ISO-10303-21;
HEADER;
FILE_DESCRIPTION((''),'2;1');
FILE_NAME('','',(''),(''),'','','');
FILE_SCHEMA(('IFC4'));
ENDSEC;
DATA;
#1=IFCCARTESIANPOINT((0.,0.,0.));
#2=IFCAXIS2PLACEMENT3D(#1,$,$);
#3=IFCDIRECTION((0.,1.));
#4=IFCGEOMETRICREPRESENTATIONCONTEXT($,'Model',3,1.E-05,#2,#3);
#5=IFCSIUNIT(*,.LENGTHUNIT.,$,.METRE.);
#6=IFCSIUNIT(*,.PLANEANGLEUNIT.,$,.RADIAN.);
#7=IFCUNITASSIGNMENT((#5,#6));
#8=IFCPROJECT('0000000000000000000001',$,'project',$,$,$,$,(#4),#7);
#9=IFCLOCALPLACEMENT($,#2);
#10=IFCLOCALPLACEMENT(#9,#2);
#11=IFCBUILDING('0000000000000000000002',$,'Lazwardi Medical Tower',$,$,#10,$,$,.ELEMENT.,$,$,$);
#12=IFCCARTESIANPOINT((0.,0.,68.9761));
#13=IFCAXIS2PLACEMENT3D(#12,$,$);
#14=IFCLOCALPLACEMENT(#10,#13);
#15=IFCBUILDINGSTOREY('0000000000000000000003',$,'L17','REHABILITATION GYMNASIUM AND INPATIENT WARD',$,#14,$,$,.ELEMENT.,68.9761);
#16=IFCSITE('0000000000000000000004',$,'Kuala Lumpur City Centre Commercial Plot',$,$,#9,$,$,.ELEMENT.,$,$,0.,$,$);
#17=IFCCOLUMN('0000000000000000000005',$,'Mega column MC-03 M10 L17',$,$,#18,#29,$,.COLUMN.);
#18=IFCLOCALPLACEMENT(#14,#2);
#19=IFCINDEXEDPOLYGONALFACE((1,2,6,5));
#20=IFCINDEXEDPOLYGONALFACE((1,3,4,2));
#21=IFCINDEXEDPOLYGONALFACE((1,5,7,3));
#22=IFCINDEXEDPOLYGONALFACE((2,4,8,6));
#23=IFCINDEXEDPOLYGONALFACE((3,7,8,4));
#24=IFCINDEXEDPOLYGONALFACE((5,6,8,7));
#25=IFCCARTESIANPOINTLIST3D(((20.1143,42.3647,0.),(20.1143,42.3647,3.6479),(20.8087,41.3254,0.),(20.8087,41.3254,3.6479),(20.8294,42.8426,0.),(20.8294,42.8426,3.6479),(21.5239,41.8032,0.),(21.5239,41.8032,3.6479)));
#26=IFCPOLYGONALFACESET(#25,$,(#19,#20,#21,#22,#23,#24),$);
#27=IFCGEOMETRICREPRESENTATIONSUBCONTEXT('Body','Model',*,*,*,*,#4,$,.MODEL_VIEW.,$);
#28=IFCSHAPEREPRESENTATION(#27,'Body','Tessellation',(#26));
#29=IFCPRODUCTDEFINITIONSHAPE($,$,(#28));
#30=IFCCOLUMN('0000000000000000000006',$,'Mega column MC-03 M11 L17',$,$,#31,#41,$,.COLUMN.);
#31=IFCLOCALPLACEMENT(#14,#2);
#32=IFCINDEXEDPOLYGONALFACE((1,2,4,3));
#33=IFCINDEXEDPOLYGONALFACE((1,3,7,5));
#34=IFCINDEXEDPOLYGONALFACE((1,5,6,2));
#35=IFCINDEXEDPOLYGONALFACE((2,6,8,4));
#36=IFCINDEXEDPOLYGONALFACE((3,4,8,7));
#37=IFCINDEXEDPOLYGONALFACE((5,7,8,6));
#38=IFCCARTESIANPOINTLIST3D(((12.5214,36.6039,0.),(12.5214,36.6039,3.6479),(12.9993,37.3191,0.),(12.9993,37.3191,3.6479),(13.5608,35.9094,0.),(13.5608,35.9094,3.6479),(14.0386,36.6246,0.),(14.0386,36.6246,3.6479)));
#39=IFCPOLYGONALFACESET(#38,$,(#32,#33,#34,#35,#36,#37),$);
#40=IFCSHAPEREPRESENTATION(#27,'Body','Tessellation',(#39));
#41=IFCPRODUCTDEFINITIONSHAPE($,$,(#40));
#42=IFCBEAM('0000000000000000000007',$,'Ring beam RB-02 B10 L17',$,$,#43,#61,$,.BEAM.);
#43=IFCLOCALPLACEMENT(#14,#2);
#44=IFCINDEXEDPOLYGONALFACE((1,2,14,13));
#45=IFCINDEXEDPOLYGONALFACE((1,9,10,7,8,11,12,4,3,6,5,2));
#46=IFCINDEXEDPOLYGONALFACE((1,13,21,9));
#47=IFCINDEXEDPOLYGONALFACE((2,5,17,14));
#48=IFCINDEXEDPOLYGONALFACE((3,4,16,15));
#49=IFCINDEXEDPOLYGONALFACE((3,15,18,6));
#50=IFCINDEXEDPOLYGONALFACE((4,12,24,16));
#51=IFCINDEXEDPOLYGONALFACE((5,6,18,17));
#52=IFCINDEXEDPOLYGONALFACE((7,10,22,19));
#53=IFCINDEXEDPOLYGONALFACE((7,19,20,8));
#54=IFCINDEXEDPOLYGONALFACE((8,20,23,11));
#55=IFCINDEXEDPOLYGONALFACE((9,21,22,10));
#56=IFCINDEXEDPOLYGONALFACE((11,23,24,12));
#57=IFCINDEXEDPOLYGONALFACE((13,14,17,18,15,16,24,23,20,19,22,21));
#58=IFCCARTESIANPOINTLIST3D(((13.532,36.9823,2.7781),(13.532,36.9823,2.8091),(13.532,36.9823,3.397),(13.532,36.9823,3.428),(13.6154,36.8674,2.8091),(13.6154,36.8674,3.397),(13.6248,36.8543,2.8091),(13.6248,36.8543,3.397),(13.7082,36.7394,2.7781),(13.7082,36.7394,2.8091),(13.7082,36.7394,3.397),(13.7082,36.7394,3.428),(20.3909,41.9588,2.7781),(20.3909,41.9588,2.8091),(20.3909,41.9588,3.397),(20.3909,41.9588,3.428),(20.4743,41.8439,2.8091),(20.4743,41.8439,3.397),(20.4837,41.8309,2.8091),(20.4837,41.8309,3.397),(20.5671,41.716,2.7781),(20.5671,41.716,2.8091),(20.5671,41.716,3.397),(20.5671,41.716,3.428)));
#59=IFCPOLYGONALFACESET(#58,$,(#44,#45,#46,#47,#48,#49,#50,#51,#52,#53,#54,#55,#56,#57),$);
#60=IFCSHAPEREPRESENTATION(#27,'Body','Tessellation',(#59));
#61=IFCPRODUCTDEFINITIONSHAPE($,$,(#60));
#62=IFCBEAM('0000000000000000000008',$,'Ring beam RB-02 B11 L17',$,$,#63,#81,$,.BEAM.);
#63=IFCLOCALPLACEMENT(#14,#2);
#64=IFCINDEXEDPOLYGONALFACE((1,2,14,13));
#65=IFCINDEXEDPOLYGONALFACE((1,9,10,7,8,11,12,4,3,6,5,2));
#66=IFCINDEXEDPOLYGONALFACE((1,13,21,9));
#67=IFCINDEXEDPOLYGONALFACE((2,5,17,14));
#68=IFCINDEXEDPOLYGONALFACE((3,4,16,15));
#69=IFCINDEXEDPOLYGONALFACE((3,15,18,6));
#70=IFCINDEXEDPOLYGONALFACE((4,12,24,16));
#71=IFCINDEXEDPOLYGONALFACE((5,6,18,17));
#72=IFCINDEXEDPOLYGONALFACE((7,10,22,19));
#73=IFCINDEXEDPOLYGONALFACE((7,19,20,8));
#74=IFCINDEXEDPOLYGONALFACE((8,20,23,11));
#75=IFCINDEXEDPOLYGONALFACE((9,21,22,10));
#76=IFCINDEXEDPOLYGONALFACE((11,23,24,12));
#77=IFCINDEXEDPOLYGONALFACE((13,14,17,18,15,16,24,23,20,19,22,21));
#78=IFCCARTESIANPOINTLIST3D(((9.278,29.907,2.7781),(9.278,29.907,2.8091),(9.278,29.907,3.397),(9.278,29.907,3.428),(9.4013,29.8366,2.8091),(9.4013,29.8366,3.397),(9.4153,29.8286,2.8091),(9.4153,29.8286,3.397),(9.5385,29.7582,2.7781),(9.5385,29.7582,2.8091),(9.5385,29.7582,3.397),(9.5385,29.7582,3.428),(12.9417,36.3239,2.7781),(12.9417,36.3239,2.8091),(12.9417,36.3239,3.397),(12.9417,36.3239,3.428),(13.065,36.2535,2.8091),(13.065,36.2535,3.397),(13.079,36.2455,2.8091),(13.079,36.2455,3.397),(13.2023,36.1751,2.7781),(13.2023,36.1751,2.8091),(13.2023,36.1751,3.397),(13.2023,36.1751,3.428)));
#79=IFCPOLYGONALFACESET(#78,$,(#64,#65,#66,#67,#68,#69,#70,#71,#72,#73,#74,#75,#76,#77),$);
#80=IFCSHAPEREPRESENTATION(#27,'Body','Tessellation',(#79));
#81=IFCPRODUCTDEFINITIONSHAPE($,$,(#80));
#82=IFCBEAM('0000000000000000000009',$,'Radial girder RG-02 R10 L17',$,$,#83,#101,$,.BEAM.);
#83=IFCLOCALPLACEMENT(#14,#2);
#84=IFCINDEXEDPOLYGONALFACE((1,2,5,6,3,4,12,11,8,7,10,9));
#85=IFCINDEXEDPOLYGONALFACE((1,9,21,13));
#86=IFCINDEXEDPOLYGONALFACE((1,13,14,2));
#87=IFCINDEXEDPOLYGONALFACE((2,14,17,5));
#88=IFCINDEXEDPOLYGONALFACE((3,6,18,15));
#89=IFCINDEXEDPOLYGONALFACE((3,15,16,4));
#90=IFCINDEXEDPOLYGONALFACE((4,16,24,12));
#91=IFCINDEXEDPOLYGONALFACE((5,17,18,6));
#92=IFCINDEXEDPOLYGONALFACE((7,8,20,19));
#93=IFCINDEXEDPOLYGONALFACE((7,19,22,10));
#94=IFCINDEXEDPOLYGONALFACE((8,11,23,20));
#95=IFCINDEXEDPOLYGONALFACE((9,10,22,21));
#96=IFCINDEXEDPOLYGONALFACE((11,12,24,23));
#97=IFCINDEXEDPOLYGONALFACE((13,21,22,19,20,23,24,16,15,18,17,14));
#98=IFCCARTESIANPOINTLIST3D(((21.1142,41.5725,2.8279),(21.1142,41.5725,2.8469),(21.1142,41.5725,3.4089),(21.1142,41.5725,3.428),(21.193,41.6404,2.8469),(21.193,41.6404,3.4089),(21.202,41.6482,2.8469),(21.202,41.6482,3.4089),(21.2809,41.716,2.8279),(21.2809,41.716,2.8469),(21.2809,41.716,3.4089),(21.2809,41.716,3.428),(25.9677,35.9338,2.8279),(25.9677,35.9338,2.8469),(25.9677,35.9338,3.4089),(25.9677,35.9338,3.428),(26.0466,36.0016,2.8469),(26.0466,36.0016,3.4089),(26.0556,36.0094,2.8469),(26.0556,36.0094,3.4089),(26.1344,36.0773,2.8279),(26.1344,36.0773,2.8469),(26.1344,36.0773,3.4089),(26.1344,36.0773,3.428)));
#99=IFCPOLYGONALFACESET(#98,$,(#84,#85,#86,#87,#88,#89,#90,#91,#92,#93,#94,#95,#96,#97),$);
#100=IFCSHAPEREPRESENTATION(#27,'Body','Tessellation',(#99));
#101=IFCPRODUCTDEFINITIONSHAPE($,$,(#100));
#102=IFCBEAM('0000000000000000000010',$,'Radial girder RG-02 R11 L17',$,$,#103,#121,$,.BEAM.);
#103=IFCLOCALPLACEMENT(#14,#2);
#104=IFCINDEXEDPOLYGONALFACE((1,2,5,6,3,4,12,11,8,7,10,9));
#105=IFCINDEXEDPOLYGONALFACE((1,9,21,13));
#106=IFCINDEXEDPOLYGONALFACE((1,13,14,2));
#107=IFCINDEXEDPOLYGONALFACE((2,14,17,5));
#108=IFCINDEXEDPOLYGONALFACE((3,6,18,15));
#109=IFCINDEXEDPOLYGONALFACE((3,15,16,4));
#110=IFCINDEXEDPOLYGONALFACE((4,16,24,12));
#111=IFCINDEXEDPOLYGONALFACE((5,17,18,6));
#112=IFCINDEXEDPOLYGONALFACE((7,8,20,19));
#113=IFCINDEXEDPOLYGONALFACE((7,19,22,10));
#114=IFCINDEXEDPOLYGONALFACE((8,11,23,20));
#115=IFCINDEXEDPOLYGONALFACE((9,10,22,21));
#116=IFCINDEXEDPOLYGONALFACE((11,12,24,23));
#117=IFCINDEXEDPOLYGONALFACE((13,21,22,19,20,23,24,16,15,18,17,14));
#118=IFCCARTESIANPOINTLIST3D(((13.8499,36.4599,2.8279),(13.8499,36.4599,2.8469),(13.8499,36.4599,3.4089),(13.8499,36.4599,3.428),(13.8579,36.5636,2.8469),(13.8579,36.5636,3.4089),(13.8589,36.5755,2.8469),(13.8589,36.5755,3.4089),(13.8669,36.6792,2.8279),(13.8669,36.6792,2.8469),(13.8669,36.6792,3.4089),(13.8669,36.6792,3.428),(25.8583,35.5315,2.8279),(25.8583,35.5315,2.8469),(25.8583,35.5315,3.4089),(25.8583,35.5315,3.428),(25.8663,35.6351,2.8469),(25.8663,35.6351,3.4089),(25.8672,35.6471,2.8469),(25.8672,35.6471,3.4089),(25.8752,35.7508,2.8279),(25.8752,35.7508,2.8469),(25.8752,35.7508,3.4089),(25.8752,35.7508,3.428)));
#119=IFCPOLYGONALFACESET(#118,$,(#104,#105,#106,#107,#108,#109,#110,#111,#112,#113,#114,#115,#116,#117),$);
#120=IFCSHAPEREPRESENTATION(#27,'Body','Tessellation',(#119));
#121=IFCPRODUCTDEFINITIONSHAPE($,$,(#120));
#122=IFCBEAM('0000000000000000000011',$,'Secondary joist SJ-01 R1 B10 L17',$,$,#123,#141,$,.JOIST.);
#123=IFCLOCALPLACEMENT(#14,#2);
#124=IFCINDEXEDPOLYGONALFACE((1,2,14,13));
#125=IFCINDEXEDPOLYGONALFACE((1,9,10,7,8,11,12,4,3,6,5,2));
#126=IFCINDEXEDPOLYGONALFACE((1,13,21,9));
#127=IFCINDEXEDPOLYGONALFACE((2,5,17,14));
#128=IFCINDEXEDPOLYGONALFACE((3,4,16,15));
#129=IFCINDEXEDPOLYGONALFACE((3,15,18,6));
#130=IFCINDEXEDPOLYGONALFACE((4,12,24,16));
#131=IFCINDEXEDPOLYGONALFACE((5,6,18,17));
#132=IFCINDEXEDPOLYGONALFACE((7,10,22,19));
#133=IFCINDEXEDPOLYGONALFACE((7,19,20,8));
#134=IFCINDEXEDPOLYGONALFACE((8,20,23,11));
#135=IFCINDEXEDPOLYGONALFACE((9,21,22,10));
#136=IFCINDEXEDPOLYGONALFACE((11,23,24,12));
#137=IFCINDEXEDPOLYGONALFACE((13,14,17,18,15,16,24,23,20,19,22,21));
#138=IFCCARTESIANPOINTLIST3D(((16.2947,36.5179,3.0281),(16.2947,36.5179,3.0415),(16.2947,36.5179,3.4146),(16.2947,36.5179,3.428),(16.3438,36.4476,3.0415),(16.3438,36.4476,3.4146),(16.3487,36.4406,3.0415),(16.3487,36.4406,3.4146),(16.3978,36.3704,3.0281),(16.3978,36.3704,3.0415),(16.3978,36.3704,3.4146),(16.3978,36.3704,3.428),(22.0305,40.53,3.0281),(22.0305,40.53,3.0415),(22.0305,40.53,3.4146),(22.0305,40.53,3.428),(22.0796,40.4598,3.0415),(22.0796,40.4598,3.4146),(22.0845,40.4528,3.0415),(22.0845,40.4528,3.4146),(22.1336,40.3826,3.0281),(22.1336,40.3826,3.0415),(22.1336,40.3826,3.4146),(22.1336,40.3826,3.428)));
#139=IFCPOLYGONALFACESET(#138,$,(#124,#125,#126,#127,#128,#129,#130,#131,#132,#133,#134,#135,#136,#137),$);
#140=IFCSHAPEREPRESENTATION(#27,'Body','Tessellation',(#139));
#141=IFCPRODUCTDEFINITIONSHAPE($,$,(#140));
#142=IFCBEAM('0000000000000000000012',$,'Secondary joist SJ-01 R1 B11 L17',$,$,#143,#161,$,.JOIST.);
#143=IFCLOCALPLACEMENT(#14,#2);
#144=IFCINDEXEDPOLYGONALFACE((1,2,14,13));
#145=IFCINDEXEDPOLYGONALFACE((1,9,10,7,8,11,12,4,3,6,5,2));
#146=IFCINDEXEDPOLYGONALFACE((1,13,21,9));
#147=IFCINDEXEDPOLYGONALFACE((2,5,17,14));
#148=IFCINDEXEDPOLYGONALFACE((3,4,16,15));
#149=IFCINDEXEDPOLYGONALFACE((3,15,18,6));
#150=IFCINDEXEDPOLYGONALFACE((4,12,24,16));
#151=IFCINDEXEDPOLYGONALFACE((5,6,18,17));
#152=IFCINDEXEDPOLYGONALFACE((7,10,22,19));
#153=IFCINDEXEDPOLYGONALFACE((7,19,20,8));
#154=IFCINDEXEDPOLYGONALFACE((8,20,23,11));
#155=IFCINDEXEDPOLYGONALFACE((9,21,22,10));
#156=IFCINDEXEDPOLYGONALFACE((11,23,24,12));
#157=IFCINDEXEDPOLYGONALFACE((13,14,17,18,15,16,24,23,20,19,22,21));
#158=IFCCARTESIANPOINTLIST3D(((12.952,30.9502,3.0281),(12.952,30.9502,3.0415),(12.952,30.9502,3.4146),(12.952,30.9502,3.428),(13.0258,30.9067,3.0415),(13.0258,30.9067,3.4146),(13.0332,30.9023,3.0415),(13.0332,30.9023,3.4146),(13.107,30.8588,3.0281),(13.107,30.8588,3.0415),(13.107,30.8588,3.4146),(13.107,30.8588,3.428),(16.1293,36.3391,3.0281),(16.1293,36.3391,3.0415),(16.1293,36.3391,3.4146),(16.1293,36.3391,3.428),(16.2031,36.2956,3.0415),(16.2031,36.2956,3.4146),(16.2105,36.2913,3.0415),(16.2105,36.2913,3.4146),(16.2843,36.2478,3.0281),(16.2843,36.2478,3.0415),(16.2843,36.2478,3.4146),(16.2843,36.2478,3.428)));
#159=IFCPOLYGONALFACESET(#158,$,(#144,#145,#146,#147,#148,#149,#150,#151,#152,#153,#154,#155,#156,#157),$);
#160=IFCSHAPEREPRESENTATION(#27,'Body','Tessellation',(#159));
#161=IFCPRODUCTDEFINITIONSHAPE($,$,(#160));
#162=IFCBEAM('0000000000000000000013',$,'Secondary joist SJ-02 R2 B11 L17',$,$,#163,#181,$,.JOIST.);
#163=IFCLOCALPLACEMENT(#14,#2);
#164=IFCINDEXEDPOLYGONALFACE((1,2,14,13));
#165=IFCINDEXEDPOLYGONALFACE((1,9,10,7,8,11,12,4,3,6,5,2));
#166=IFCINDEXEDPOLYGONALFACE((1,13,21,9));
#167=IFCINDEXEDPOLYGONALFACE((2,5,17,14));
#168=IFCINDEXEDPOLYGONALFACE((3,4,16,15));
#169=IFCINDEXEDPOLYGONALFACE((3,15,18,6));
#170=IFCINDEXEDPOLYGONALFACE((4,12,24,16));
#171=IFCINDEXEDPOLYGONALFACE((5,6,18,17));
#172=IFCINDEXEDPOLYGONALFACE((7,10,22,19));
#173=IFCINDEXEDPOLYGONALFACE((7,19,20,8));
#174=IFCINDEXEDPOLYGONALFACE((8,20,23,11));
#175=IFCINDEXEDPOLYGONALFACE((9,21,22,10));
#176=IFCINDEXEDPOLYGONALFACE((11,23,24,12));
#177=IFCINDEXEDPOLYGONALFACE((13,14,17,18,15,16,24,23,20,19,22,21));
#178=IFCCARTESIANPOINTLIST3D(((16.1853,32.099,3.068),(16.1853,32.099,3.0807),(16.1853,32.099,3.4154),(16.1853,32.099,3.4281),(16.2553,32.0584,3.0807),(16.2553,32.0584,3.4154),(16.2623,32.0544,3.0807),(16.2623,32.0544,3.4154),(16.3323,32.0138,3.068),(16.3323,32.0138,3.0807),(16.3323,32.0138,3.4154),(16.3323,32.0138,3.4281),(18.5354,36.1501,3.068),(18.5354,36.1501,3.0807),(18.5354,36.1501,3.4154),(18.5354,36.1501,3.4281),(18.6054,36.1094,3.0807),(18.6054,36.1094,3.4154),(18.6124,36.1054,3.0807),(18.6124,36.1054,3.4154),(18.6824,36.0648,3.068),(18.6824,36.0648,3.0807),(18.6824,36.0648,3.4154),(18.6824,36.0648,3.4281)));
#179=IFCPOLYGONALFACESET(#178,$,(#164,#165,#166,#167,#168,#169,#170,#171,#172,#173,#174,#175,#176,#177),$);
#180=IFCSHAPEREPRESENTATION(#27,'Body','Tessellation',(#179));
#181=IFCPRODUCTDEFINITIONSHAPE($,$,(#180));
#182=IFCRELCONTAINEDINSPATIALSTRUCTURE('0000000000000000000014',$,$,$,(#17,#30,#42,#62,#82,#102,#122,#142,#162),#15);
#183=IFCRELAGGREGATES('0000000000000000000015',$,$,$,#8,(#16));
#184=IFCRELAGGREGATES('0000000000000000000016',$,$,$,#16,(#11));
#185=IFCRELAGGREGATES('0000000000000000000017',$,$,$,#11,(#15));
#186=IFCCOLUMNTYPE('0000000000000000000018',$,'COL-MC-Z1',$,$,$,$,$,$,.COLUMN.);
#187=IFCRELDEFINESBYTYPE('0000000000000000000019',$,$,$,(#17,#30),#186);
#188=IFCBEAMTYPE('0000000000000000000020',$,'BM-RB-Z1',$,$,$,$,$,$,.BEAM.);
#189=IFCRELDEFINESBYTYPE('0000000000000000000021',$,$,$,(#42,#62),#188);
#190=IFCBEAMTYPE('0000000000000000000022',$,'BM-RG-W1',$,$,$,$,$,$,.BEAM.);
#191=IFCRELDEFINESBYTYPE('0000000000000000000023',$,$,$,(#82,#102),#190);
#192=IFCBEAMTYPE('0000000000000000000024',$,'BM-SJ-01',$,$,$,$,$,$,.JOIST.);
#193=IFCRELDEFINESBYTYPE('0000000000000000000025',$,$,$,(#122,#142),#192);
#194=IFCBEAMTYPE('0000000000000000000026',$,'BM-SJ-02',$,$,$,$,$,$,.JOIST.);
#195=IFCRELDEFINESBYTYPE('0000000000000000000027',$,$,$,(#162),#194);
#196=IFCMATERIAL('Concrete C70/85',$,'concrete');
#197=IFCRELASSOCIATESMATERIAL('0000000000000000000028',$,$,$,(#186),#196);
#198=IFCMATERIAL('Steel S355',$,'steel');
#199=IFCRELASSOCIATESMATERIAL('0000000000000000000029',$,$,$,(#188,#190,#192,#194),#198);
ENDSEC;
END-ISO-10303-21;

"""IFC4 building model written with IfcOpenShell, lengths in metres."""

from ifc_helpers import new_model, si_unit, direction, frame, origin, origin_2d, place, context, subcontext, project, spatial, rectangle, i_section, extrude, material, material_profile, profile_set, type_object, element, save


model = new_model("IFC4")

# Units and contexts
model_context = context("Model", 3, precision=1e-05, world=origin(), true_north=direction((0.0, 1.0)))
body_context = subcontext(model_context, "Body", "Model", "MODEL_VIEW")
ifc_project = project(units=[si_unit("LENGTHUNIT", "METRE"), si_unit("PLANEANGLEUNIT", "RADIAN")], contexts=[model_context])

# Site, building, storey
site_placement = place(None, origin())
site = spatial("IfcSite", under=ifc_project, at=site_placement, Name="Kuala Lumpur City Centre Commercial Plot", CompositionType="ELEMENT", RefElevation=0.0)
building_placement = place(site_placement, origin())
building = spatial("IfcBuilding", under=site, at=building_placement, Name="Lazwardi Medical Tower", CompositionType="ELEMENT")
storey_placement = place(building_placement, frame((0.0, 0.0, 68.9761)))
storey = spatial("IfcBuildingStorey", under=building, at=storey_placement, Name="L17", Description="REHABILITATION GYMNASIUM AND INPATIENT WARD", CompositionType="ELEMENT", Elevation=68.9761)

# Columns
ifc_material_1 = material(Name="Concrete C70/85", Category="concrete")
ifc_material_profile_1 = material_profile(ifc_material_1, rectangle(XDim=1.25, YDim=0.8601, at=origin_2d()), Name="CFT-RECT 1250x860")
ifc_profile_set_1 = profile_set([ifc_material_profile_1], Name="Concrete C70/85")
column_type = type_object("IfcColumnType", Name="COL-MC-Z1", PredefinedType="COLUMN", material=ifc_profile_set_1)
for number, where, z_axis, x_axis, name in (
    (1, (20.8191, 42.084, 0.0), (0.0, 0.0, 1.0), (-0.55557, 0.83147, 0.0), "Mega column MC-03 M10 L17"),
    (2, (13.28, 36.6143, 0.0), (0.0, 0.0, 1.0), (-0.83147, 0.55557, 0.0), "Mega column MC-03 M11 L17"),
):
    element("IfcColumn", number, at=place(storey_placement, frame(where, z_axis=z_axis, x_axis=x_axis)), inside=storey, type_object=column_type, Name=name, PredefinedType="COLUMN", context=body_context, shape_type="SweptSolid", body=[
        extrude(rectangle(XDim=1.25, YDim=0.8601, at=origin_2d()), origin(), (0.0, 0.0, 1.0), 3.6479),
    ])

# Beams
ifc_material_2 = material(Name="Steel S355", Category="steel")
ifc_material_profile_2 = material_profile(ifc_material_2, i_section(OverallWidth=0.3, OverallDepth=0.6499, WebThickness=0.0161, FlangeThickness=0.031, at=origin_2d()), Name="HEB 650")
ifc_profile_set_2 = profile_set([ifc_material_profile_2], Name="Steel S355")
beam_type_1 = type_object("IfcBeamType", Name="BM-RB-Z1", PredefinedType="BEAM", material=ifc_profile_set_2)
beam_1_placement = place(storey_placement, frame((20.479, 41.8374, 3.103), z_axis=(-0.809393, -0.587267, 0.0), x_axis=(0.587267, -0.809393, 0.0)))
element("IfcBeam", 3, at=beam_1_placement, inside=storey, type_object=beam_type_1, Name="Ring beam RB-02 B10 L17", PredefinedType="BEAM", context=body_context, shape_type="SweptSolid", body=[
    extrude(i_section(OverallWidth=0.3, OverallDepth=0.6499, WebThickness=0.0161, FlangeThickness=0.031, at=origin_2d()), origin(), (0.0, 0.0, 1.0), 8.4741),
])
beam_2_placement = place(storey_placement, frame((13.072, 36.2495, 3.103), z_axis=(-0.495829, -0.86842, 0.0), x_axis=(0.86842, -0.495829, 0.0)))
element("IfcBeam", 4, at=beam_2_placement, inside=storey, type_object=beam_type_1, Name="Ring beam RB-02 B11 L17", PredefinedType="BEAM", context=body_context, shape_type="SweptSolid", body=[
    extrude(i_section(OverallWidth=0.3, OverallDepth=0.6499, WebThickness=0.0161, FlangeThickness=0.031, at=origin_2d()), origin(), (0.0, 0.0, 1.0), 7.3892),
])
ifc_material_profile_3 = material_profile(ifc_material_2, i_section(OverallWidth=0.22, OverallDepth=0.6001, WebThickness=0.012, FlangeThickness=0.019, at=origin_2d()), Name="IPE 600")
ifc_profile_set_3 = profile_set([ifc_material_profile_3], Name="Steel S355")
beam_type_2 = type_object("IfcBeamType", Name="BM-RG-W1", PredefinedType="BEAM", material=ifc_profile_set_3)
beam_3_placement = place(storey_placement, frame((21.1975, 41.6443, 3.1279), z_axis=(0.652368, -0.757902, 0.0), x_axis=(0.757902, 0.652368, 0.0)))
element("IfcBeam", 5, at=beam_3_placement, inside=storey, type_object=beam_type_2, Name="Radial girder RG-02 R10 L17", PredefinedType="BEAM", context=body_context, shape_type="SweptSolid", body=[
    extrude(i_section(OverallWidth=0.22, OverallDepth=0.6001, WebThickness=0.012, FlangeThickness=0.019, at=origin_2d()), origin(), (0.0, 0.0, 1.0), 7.4399),
])
beam_4_placement = place(storey_placement, frame((13.8584, 36.5696, 3.1279), z_axis=(0.997024, -0.077089, 0.0), x_axis=(0.077089, 0.997024, 0.0)))
element("IfcBeam", 6, at=beam_4_placement, inside=storey, type_object=beam_type_2, Name="Radial girder RG-02 R11 L17", PredefinedType="BEAM", context=body_context, shape_type="SweptSolid", body=[
    extrude(i_section(OverallWidth=0.22, OverallDepth=0.6001, WebThickness=0.012, FlangeThickness=0.019, at=origin_2d()), origin(), (0.0, 0.0, 1.0), 12.0442),
])
ifc_material_profile_4 = material_profile(ifc_material_2, i_section(OverallWidth=0.1799, OverallDepth=0.3999, WebThickness=0.0085, FlangeThickness=0.0134, at=origin_2d()), Name="IPE 400")
ifc_profile_set_4 = profile_set([ifc_material_profile_4], Name="Steel S355")
beam_type_3 = type_object("IfcBeamType", Name="BM-SJ-01", PredefinedType="JOIST", material=ifc_profile_set_4)
beam_5_placement = place(storey_placement, frame((22.082, 40.4563, 3.228), z_axis=(-0.819425, -0.573186, 0.0), x_axis=(0.573186, -0.819425, 0.0)))
element("IfcBeam", 7, at=beam_5_placement, inside=storey, type_object=beam_type_3, Name="Secondary joist SJ-01 R1 B10 L17", PredefinedType="JOIST", context=body_context, shape_type="SweptSolid", body=[
    extrude(i_section(OverallWidth=0.1799, OverallDepth=0.3999, WebThickness=0.0085, FlangeThickness=0.0134, at=origin_2d()), origin(), (0.0, 0.0, 1.0), 6.9998),
])
beam_6_placement = place(storey_placement, frame((16.2068, 36.2935, 3.228), z_axis=(-0.507886, -0.861424, 0.0), x_axis=(0.861424, -0.507886, 0.0)))
element("IfcBeam", 8, at=beam_6_placement, inside=storey, type_object=beam_type_3, Name="Secondary joist SJ-01 R1 B11 L17", PredefinedType="JOIST", context=body_context, shape_type="SweptSolid", body=[
    extrude(i_section(OverallWidth=0.1799, OverallDepth=0.3999, WebThickness=0.0085, FlangeThickness=0.0134, at=origin_2d()), origin(), (0.0, 0.0, 1.0), 6.2559),
])
ifc_material_profile_5 = material_profile(ifc_material_2, i_section(OverallWidth=0.1699, OverallDepth=0.3601, WebThickness=0.0081, FlangeThickness=0.0127, at=origin_2d()), Name="IPE 360")
ifc_profile_set_5 = profile_set([ifc_material_profile_5], Name="Steel S355")
beam_type_4 = type_object("IfcBeamType", Name="BM-SJ-02", PredefinedType="JOIST", material=ifc_profile_set_5)
beam_7_placement = place(storey_placement, frame((18.6089, 36.1074, 3.248), z_axis=(-0.501798, -0.864985, 0.0), x_axis=(0.864985, -0.501798, 0.0)))
element("IfcBeam", 9, at=beam_7_placement, inside=storey, type_object=beam_type_4, Name="Secondary joist SJ-02 R2 B11 L17", PredefinedType="JOIST", context=body_context, shape_type="SweptSolid", body=[
    extrude(i_section(OverallWidth=0.1699, OverallDepth=0.3601, WebThickness=0.0081, FlangeThickness=0.0127, at=origin_2d()), origin(), (0.0, 0.0, 1.0), 4.6833),
])

save(model, "model.ifc")
